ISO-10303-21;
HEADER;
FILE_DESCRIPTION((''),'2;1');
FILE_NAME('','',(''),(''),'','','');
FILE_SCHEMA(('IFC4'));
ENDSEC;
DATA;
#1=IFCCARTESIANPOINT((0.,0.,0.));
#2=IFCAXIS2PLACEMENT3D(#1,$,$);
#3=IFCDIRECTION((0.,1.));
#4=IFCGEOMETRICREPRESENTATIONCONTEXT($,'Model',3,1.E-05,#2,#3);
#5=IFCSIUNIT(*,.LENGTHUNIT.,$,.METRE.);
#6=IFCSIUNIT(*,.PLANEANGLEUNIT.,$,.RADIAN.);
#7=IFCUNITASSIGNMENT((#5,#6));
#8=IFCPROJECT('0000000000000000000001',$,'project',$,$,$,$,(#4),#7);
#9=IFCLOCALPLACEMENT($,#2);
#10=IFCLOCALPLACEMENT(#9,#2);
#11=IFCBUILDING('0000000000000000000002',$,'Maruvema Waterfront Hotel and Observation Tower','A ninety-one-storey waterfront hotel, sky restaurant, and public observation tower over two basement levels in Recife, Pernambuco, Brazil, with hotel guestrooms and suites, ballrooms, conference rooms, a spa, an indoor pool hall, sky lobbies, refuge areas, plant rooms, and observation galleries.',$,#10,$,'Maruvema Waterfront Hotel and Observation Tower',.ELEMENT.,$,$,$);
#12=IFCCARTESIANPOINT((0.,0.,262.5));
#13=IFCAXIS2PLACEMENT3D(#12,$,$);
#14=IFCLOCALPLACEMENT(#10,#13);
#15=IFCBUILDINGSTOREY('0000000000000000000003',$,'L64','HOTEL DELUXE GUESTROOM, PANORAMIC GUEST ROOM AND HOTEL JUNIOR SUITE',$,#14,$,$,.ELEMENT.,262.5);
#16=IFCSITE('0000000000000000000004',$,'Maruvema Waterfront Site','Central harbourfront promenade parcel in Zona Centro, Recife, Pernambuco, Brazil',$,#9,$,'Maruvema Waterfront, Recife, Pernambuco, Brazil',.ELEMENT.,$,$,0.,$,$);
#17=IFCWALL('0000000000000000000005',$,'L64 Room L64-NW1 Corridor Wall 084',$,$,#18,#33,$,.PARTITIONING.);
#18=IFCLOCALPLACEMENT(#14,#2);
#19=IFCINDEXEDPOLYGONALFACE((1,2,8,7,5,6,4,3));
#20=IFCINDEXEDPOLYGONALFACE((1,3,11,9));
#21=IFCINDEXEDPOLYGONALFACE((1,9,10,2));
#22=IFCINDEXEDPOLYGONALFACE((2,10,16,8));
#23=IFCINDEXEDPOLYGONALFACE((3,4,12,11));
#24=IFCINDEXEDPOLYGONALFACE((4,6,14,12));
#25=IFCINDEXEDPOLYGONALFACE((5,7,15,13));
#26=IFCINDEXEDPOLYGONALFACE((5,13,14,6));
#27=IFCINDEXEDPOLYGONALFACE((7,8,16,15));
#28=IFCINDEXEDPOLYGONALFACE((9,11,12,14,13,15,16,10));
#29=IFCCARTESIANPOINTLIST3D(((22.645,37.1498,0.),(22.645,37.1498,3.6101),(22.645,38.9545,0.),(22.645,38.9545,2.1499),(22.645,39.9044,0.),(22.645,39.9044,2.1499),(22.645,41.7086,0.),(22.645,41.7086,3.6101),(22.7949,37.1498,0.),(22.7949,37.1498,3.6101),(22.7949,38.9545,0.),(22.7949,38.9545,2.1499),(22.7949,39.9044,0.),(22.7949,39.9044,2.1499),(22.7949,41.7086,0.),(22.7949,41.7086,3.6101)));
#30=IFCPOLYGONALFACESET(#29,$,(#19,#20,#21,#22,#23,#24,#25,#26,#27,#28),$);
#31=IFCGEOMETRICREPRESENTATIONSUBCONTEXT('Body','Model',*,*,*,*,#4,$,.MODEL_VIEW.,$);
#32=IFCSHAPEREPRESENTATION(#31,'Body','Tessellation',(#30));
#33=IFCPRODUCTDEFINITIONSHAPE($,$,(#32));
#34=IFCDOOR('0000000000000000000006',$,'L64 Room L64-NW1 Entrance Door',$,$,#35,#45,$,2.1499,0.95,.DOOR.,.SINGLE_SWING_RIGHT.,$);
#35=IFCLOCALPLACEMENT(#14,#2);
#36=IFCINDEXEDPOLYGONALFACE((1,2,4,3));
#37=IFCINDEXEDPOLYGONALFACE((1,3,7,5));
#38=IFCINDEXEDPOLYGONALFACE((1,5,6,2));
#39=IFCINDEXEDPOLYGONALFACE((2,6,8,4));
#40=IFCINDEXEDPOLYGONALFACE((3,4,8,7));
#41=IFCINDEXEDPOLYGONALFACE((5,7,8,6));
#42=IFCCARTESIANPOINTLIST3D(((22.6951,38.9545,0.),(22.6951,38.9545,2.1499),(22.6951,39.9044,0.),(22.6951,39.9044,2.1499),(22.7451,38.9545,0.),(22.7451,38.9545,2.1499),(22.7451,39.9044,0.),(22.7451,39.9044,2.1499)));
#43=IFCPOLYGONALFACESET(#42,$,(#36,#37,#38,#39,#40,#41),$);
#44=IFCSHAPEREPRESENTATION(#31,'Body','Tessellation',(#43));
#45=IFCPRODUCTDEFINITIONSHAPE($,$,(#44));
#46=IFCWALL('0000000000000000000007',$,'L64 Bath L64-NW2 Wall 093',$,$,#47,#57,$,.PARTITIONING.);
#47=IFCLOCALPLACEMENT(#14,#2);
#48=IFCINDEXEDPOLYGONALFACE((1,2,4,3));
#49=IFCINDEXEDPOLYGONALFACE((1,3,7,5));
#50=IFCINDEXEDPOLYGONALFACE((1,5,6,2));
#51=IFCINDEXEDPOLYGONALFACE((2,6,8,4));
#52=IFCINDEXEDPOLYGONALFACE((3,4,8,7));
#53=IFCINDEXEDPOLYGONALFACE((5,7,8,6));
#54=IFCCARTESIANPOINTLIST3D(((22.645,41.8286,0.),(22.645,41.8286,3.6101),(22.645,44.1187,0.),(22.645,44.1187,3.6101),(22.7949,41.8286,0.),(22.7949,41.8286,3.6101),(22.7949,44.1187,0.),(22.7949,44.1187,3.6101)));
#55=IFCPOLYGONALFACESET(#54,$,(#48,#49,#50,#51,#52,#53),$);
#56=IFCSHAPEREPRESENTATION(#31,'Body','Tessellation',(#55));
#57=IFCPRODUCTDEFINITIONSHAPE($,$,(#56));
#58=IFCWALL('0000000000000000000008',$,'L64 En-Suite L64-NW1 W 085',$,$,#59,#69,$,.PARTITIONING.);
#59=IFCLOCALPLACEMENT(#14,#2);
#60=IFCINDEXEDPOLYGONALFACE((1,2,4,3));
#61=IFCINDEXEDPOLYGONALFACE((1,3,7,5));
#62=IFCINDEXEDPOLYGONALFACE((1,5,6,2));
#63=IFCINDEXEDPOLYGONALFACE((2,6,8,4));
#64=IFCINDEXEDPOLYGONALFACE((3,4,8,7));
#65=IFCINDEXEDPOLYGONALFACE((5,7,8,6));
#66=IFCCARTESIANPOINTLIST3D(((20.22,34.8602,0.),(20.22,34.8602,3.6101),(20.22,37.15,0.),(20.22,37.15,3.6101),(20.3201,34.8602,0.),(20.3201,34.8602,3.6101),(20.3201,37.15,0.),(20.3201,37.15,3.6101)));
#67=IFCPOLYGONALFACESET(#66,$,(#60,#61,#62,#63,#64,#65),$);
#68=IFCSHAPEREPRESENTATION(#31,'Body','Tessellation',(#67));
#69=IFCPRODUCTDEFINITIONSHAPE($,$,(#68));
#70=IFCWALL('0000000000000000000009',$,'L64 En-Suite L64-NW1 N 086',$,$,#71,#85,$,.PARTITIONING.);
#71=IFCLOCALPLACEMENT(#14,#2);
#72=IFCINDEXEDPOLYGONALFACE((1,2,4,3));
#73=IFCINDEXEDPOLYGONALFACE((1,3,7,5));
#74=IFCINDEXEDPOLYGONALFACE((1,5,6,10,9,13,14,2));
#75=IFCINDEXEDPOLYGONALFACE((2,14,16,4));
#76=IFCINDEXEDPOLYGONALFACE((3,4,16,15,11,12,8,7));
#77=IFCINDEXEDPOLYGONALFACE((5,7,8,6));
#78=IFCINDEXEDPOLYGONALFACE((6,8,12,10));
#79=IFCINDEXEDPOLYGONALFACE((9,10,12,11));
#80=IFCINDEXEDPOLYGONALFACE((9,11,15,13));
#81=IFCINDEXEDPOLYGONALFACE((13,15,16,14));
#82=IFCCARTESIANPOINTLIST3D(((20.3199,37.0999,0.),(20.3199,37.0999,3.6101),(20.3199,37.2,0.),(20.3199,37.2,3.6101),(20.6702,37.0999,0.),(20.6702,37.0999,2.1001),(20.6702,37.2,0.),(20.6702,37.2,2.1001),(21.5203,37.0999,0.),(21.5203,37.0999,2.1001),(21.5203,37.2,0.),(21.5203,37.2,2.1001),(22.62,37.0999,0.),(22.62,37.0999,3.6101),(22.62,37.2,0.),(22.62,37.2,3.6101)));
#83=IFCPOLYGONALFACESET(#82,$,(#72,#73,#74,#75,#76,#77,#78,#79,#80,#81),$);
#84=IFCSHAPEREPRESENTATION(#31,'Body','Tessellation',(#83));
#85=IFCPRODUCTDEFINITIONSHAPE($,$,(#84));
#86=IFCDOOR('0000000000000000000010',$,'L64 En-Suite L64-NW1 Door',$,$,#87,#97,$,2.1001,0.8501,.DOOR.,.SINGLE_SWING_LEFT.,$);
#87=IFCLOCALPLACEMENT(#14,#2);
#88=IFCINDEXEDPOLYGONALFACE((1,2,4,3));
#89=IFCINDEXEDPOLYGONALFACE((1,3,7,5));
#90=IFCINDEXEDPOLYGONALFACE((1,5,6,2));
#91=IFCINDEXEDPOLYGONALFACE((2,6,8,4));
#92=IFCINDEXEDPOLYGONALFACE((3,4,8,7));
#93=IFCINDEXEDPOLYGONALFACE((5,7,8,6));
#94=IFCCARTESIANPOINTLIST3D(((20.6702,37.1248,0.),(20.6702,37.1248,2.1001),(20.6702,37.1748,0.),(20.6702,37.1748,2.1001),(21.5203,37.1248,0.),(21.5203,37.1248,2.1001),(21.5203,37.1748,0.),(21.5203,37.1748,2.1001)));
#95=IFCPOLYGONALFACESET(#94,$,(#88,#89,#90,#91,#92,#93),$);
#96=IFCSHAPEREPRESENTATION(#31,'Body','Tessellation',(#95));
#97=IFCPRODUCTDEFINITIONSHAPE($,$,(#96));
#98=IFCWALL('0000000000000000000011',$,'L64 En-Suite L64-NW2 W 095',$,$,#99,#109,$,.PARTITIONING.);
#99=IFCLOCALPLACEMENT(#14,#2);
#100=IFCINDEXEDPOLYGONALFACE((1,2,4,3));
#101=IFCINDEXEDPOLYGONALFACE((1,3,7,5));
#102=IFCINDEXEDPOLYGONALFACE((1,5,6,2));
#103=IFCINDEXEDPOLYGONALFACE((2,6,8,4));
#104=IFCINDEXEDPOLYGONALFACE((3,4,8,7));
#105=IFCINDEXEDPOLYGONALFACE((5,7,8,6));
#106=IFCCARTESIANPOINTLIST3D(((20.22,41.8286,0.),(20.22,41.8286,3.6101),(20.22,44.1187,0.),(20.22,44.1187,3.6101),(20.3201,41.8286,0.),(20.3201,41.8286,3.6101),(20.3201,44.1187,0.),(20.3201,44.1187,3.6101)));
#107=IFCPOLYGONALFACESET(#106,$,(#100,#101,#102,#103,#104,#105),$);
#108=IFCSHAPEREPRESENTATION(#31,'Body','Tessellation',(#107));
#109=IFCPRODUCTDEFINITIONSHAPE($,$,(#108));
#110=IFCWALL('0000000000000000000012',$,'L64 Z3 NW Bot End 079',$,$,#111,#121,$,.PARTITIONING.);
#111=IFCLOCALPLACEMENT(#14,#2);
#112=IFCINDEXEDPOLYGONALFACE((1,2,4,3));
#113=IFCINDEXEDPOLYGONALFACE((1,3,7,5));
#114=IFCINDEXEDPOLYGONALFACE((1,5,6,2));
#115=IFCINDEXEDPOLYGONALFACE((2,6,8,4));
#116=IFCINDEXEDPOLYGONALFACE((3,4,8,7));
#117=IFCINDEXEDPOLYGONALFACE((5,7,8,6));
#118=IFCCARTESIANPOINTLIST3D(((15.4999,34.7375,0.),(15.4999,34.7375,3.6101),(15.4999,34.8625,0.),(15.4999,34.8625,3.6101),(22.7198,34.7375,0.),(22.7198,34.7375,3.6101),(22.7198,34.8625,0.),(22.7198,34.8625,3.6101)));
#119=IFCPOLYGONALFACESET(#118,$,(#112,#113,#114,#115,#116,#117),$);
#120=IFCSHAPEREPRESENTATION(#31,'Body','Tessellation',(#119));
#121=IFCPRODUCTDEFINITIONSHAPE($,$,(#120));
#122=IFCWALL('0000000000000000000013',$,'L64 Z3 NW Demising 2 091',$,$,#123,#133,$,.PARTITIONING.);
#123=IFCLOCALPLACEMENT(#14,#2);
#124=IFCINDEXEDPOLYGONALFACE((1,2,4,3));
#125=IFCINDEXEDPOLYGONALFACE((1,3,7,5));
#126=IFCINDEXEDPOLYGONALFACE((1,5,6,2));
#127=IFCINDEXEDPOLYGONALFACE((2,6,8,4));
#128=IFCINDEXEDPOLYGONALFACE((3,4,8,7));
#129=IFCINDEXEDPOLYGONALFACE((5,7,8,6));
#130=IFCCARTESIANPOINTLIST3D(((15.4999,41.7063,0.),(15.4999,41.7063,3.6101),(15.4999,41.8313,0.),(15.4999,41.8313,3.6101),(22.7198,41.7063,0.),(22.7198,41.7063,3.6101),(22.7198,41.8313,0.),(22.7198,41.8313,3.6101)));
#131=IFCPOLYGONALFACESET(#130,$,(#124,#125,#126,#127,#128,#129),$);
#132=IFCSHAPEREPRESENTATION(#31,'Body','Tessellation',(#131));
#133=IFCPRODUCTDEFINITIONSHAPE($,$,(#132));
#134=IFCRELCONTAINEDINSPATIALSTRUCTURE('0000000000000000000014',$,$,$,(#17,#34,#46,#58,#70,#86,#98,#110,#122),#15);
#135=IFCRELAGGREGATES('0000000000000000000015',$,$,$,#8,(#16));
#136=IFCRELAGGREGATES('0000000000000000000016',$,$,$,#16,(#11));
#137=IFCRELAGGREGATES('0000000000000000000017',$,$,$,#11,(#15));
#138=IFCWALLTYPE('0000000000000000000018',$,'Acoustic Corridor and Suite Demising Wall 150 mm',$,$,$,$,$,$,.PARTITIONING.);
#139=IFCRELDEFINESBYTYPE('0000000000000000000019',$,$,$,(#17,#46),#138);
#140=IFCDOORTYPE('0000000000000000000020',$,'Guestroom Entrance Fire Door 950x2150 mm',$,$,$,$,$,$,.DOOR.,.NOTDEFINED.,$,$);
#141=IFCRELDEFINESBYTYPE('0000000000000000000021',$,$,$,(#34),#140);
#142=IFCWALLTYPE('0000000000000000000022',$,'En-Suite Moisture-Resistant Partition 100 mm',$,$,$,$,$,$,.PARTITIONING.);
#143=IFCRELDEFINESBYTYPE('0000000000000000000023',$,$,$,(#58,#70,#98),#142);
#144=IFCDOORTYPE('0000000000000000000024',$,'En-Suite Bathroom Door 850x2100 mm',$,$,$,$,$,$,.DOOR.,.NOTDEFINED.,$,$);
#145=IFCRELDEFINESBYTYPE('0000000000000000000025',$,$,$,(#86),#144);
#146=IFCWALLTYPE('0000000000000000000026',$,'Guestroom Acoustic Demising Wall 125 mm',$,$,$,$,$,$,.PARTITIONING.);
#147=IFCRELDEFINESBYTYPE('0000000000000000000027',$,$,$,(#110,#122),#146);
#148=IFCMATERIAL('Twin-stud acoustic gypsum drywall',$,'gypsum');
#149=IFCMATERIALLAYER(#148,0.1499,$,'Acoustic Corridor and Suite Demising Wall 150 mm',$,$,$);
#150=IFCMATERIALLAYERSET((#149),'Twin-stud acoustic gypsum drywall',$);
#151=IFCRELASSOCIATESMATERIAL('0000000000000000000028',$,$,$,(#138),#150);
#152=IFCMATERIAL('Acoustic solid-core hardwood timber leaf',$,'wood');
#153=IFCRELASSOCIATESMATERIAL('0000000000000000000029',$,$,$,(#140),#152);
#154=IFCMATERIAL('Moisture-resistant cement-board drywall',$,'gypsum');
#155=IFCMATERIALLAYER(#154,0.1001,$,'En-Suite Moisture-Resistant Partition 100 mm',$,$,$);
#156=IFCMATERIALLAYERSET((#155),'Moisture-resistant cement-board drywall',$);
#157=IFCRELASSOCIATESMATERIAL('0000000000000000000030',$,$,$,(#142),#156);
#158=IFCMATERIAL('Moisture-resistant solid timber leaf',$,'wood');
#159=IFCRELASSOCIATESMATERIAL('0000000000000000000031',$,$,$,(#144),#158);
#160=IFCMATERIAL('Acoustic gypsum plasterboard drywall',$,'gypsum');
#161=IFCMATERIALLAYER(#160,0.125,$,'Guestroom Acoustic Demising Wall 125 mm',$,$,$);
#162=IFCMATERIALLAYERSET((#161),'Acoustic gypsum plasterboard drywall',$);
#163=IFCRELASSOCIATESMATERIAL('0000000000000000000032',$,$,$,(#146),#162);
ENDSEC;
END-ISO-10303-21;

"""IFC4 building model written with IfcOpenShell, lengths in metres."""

from ifc_helpers import new_model, si_unit, direction, frame, frame_2d, origin, place, context, subcontext, project, spatial, rectangle, extrude, material, layer, layer_set, type_object, element, fill, save


model = new_model("IFC4")

# Units and contexts
model_context = context("Model", 3, precision=1e-05, world=origin(), true_north=direction((0.0, 1.0)))
body_context = subcontext(model_context, "Body", "Model", "MODEL_VIEW")
ifc_project = project(units=[si_unit("LENGTHUNIT", "METRE"), si_unit("PLANEANGLEUNIT", "RADIAN")], contexts=[model_context])

# Site, building, storey
site_placement = place(None, origin())
site = spatial("IfcSite", under=ifc_project, at=site_placement, Name="Maruvema Waterfront Site", Description="Central harbourfront promenade parcel in Zona Centro, Recife, Pernambuco, Brazil", LongName="Maruvema Waterfront, Recife, Pernambuco, Brazil", CompositionType="ELEMENT", RefElevation=0.0)
building_placement = place(site_placement, origin())
building = spatial("IfcBuilding", under=site, at=building_placement, Name="Maruvema Waterfront Hotel and Observation Tower", Description="A ninety-one-storey waterfront hotel, sky restaurant, and public observation tower over two basement levels in Recife, Pernambuco, Brazil, with hotel guestrooms and suites, ballrooms, conference rooms, a spa, an indoor pool hall, sky lobbies, refuge areas, plant rooms, and observation galleries.", LongName="Maruvema Waterfront Hotel and Observation Tower", CompositionType="ELEMENT")
storey_placement = place(building_placement, frame((0.0, 0.0, 262.5)))
storey = spatial("IfcBuildingStorey", under=building, at=storey_placement, Name="L64", Description="HOTEL DELUXE GUESTROOM, PANORAMIC GUEST ROOM AND HOTEL JUNIOR SUITE", CompositionType="ELEMENT", Elevation=262.5)

# Shared definitions
ifc_material_1 = material(Name="Twin-stud acoustic gypsum drywall", Category="gypsum")
ifc_layer_1 = layer(ifc_material_1, 0.1499, Name="Acoustic Corridor and Suite Demising Wall 150 mm")
ifc_layer_set_1 = layer_set([ifc_layer_1], Name="Twin-stud acoustic gypsum drywall")
wall_type_1 = type_object("IfcWallType", Name="Acoustic Corridor and Suite Demising Wall 150 mm", PredefinedType="PARTITIONING", material=ifc_layer_set_1)

# Wall, opening, door
wall_1_placement = place(storey_placement, frame((22.72, 37.1499, 0.0), z_axis=(0.0, 0.0, 1.0), x_axis=(0.0, 1.0, 0.0)))
wall_1 = element("IfcWall", 1, at=wall_1_placement, inside=storey, type_object=wall_type_1, Name="L64 Room L64-NW1 Corridor Wall 084", PredefinedType="PARTITIONING", context=body_context, shape_type="SweptSolid", body=[
    extrude(rectangle(XDim=4.5588, YDim=0.1499, at=frame_2d((2.2793, 0.0))), origin(), (0.0, 0.0, 1.0), 3.6101),
])
opening_1_placement = place(wall_1_placement, frame((1.8044, 0.0, 0.0)))
opening_1 = element("IfcOpeningElement", 2, at=opening_1_placement, cuts=wall_1, PredefinedType="OPENING", context=body_context, shape_type="SweptSolid", body=[
    extrude(rectangle(XDim=0.95, YDim=2.1499, at=frame_2d((0.4751, 1.075))), frame((0.0, 0.085, 0.0), z_axis=(0.0, -1.0, 0.0), x_axis=(1.0, 0.0, 0.0)), (0.0, 0.0, 1.0), 0.1699),
])
ifc_material_2 = material(Name="Acoustic solid-core hardwood timber leaf", Category="wood")
door_type_1 = type_object("IfcDoorType", Name="Guestroom Entrance Fire Door 950x2150 mm", OperationType="NOTDEFINED", PredefinedType="DOOR", material=ifc_material_2)
door_1_placement = place(opening_1_placement, origin())
door_1 = element("IfcDoor", 3, at=door_1_placement, inside=storey, type_object=door_type_1, Name="L64 Room L64-NW1 Entrance Door", OperationType="SINGLE_SWING_RIGHT", OverallHeight=2.1499, OverallWidth=0.95, PredefinedType="DOOR", context=body_context, shape_type="SweptSolid", body=[
    extrude(rectangle(XDim=0.95, YDim=2.1499, at=frame_2d((0.4751, 1.075))), frame((0.0, 0.0249, 0.0), z_axis=(0.0, -1.0, 0.0), x_axis=(1.0, 0.0, 0.0)), (0.0, 0.0, 1.0), 0.05),
])
fill(opening_1, door_1)

# Wall
wall_2_placement = place(storey_placement, frame((22.72, 41.8286, 0.0), z_axis=(0.0, 0.0, 1.0), x_axis=(0.0, 1.0, 0.0)))
element("IfcWall", 4, at=wall_2_placement, inside=storey, type_object=wall_type_1, Name="L64 Bath L64-NW2 Wall 093", PredefinedType="PARTITIONING", context=body_context, shape_type="SweptSolid", body=[
    extrude(rectangle(XDim=2.29, YDim=0.1499, at=frame_2d((1.145, 0.0))), origin(), (0.0, 0.0, 1.0), 3.6101),
])

# Wall
ifc_material_3 = material(Name="Moisture-resistant cement-board drywall", Category="gypsum")
ifc_layer_2 = layer(ifc_material_3, 0.1001, Name="En-Suite Moisture-Resistant Partition 100 mm")
ifc_layer_set_2 = layer_set([ifc_layer_2], Name="Moisture-resistant cement-board drywall")
wall_type_2 = type_object("IfcWallType", Name="En-Suite Moisture-Resistant Partition 100 mm", PredefinedType="PARTITIONING", material=ifc_layer_set_2)
wall_3_placement = place(storey_placement, frame((20.27, 34.8601, 0.0), z_axis=(0.0, 0.0, 1.0), x_axis=(0.0, 1.0, 0.0)))
element("IfcWall", 5, at=wall_3_placement, inside=storey, type_object=wall_type_2, Name="L64 En-Suite L64-NW1 W 085", PredefinedType="PARTITIONING", context=body_context, shape_type="SweptSolid", body=[
    extrude(rectangle(XDim=2.2898, YDim=0.1001, at=frame_2d((1.145, 0.0))), origin(), (0.0, 0.0, 1.0), 3.6101),
])

# Wall, opening, door
wall_4_placement = place(storey_placement, frame((20.3201, 37.1499, 0.0), z_axis=(0.0, 0.0, 1.0), x_axis=(1.0, 0.0, 0.0)))
wall_4 = element("IfcWall", 6, at=wall_4_placement, inside=storey, type_object=wall_type_2, Name="L64 En-Suite L64-NW1 N 086", PredefinedType="PARTITIONING", context=body_context, shape_type="SweptSolid", body=[
    extrude(rectangle(XDim=2.3, YDim=0.1001, at=frame_2d((1.1499, 0.0))), origin(), (0.0, 0.0, 1.0), 3.6101),
])
opening_2_placement = place(wall_4_placement, frame((0.3501, 0.0, 0.0)))
opening_2 = element("IfcOpeningElement", 7, at=opening_2_placement, cuts=wall_4, PredefinedType="OPENING", context=body_context, shape_type="SweptSolid", body=[
    extrude(rectangle(XDim=0.8501, YDim=2.1001, at=frame_2d((0.425, 1.05))), frame((0.0, 0.0601, 0.0), z_axis=(0.0, -1.0, 0.0), x_axis=(1.0, 0.0, 0.0)), (0.0, 0.0, 1.0), 0.1201),
])
ifc_material_4 = material(Name="Moisture-resistant solid timber leaf", Category="wood")
door_type_2 = type_object("IfcDoorType", Name="En-Suite Bathroom Door 850x2100 mm", OperationType="NOTDEFINED", PredefinedType="DOOR", material=ifc_material_4)
door_2_placement = place(opening_2_placement, origin())
door_2 = element("IfcDoor", 8, at=door_2_placement, inside=storey, type_object=door_type_2, Name="L64 En-Suite L64-NW1 Door", OperationType="SINGLE_SWING_LEFT", OverallHeight=2.1001, OverallWidth=0.8501, PredefinedType="DOOR", context=body_context, shape_type="SweptSolid", body=[
    extrude(rectangle(XDim=0.8501, YDim=2.1001, at=frame_2d((0.425, 1.05))), frame((0.0, 0.0249, 0.0), z_axis=(0.0, -1.0, 0.0), x_axis=(1.0, 0.0, 0.0)), (0.0, 0.0, 1.0), 0.05),
])
fill(opening_2, door_2)

# Walls
wall_5_placement = place(storey_placement, frame((20.27, 41.8286, 0.0), z_axis=(0.0, 0.0, 1.0), x_axis=(0.0, 1.0, 0.0)))
element("IfcWall", 9, at=wall_5_placement, inside=storey, type_object=wall_type_2, Name="L64 En-Suite L64-NW2 W 095", PredefinedType="PARTITIONING", context=body_context, shape_type="SweptSolid", body=[
    extrude(rectangle(XDim=2.29, YDim=0.1001, at=frame_2d((1.145, 0.0))), origin(), (0.0, 0.0, 1.0), 3.6101),
])
ifc_material_5 = material(Name="Acoustic gypsum plasterboard drywall", Category="gypsum")
ifc_layer_3 = layer(ifc_material_5, 0.125, Name="Guestroom Acoustic Demising Wall 125 mm")
ifc_layer_set_3 = layer_set([ifc_layer_3], Name="Acoustic gypsum plasterboard drywall")
wall_type_3 = type_object("IfcWallType", Name="Guestroom Acoustic Demising Wall 125 mm", PredefinedType="PARTITIONING", material=ifc_layer_set_3)
for number, where, z_axis, x_axis, name in (
    (10, (15.5, 34.8, 0.0), (0.0, 0.0, 1.0), (1.0, 0.0, 0.0), "L64 Z3 NW Bot End 079"),
    (11, (15.5, 41.7688, 0.0), (0.0, 0.0, 1.0), (1.0, 0.0, 0.0), "L64 Z3 NW Demising 2 091"),
):
    element("IfcWall", number, at=place(storey_placement, frame(where, z_axis=z_axis, x_axis=x_axis)), inside=storey, type_object=wall_type_3, Name=name, PredefinedType="PARTITIONING", context=body_context, shape_type="SweptSolid", body=[
        extrude(rectangle(XDim=7.22, YDim=0.125, at=frame_2d((3.6099, 0.0))), origin(), (0.0, 0.0, 1.0), 3.6101),
    ])

save(model, "model.ifc")
